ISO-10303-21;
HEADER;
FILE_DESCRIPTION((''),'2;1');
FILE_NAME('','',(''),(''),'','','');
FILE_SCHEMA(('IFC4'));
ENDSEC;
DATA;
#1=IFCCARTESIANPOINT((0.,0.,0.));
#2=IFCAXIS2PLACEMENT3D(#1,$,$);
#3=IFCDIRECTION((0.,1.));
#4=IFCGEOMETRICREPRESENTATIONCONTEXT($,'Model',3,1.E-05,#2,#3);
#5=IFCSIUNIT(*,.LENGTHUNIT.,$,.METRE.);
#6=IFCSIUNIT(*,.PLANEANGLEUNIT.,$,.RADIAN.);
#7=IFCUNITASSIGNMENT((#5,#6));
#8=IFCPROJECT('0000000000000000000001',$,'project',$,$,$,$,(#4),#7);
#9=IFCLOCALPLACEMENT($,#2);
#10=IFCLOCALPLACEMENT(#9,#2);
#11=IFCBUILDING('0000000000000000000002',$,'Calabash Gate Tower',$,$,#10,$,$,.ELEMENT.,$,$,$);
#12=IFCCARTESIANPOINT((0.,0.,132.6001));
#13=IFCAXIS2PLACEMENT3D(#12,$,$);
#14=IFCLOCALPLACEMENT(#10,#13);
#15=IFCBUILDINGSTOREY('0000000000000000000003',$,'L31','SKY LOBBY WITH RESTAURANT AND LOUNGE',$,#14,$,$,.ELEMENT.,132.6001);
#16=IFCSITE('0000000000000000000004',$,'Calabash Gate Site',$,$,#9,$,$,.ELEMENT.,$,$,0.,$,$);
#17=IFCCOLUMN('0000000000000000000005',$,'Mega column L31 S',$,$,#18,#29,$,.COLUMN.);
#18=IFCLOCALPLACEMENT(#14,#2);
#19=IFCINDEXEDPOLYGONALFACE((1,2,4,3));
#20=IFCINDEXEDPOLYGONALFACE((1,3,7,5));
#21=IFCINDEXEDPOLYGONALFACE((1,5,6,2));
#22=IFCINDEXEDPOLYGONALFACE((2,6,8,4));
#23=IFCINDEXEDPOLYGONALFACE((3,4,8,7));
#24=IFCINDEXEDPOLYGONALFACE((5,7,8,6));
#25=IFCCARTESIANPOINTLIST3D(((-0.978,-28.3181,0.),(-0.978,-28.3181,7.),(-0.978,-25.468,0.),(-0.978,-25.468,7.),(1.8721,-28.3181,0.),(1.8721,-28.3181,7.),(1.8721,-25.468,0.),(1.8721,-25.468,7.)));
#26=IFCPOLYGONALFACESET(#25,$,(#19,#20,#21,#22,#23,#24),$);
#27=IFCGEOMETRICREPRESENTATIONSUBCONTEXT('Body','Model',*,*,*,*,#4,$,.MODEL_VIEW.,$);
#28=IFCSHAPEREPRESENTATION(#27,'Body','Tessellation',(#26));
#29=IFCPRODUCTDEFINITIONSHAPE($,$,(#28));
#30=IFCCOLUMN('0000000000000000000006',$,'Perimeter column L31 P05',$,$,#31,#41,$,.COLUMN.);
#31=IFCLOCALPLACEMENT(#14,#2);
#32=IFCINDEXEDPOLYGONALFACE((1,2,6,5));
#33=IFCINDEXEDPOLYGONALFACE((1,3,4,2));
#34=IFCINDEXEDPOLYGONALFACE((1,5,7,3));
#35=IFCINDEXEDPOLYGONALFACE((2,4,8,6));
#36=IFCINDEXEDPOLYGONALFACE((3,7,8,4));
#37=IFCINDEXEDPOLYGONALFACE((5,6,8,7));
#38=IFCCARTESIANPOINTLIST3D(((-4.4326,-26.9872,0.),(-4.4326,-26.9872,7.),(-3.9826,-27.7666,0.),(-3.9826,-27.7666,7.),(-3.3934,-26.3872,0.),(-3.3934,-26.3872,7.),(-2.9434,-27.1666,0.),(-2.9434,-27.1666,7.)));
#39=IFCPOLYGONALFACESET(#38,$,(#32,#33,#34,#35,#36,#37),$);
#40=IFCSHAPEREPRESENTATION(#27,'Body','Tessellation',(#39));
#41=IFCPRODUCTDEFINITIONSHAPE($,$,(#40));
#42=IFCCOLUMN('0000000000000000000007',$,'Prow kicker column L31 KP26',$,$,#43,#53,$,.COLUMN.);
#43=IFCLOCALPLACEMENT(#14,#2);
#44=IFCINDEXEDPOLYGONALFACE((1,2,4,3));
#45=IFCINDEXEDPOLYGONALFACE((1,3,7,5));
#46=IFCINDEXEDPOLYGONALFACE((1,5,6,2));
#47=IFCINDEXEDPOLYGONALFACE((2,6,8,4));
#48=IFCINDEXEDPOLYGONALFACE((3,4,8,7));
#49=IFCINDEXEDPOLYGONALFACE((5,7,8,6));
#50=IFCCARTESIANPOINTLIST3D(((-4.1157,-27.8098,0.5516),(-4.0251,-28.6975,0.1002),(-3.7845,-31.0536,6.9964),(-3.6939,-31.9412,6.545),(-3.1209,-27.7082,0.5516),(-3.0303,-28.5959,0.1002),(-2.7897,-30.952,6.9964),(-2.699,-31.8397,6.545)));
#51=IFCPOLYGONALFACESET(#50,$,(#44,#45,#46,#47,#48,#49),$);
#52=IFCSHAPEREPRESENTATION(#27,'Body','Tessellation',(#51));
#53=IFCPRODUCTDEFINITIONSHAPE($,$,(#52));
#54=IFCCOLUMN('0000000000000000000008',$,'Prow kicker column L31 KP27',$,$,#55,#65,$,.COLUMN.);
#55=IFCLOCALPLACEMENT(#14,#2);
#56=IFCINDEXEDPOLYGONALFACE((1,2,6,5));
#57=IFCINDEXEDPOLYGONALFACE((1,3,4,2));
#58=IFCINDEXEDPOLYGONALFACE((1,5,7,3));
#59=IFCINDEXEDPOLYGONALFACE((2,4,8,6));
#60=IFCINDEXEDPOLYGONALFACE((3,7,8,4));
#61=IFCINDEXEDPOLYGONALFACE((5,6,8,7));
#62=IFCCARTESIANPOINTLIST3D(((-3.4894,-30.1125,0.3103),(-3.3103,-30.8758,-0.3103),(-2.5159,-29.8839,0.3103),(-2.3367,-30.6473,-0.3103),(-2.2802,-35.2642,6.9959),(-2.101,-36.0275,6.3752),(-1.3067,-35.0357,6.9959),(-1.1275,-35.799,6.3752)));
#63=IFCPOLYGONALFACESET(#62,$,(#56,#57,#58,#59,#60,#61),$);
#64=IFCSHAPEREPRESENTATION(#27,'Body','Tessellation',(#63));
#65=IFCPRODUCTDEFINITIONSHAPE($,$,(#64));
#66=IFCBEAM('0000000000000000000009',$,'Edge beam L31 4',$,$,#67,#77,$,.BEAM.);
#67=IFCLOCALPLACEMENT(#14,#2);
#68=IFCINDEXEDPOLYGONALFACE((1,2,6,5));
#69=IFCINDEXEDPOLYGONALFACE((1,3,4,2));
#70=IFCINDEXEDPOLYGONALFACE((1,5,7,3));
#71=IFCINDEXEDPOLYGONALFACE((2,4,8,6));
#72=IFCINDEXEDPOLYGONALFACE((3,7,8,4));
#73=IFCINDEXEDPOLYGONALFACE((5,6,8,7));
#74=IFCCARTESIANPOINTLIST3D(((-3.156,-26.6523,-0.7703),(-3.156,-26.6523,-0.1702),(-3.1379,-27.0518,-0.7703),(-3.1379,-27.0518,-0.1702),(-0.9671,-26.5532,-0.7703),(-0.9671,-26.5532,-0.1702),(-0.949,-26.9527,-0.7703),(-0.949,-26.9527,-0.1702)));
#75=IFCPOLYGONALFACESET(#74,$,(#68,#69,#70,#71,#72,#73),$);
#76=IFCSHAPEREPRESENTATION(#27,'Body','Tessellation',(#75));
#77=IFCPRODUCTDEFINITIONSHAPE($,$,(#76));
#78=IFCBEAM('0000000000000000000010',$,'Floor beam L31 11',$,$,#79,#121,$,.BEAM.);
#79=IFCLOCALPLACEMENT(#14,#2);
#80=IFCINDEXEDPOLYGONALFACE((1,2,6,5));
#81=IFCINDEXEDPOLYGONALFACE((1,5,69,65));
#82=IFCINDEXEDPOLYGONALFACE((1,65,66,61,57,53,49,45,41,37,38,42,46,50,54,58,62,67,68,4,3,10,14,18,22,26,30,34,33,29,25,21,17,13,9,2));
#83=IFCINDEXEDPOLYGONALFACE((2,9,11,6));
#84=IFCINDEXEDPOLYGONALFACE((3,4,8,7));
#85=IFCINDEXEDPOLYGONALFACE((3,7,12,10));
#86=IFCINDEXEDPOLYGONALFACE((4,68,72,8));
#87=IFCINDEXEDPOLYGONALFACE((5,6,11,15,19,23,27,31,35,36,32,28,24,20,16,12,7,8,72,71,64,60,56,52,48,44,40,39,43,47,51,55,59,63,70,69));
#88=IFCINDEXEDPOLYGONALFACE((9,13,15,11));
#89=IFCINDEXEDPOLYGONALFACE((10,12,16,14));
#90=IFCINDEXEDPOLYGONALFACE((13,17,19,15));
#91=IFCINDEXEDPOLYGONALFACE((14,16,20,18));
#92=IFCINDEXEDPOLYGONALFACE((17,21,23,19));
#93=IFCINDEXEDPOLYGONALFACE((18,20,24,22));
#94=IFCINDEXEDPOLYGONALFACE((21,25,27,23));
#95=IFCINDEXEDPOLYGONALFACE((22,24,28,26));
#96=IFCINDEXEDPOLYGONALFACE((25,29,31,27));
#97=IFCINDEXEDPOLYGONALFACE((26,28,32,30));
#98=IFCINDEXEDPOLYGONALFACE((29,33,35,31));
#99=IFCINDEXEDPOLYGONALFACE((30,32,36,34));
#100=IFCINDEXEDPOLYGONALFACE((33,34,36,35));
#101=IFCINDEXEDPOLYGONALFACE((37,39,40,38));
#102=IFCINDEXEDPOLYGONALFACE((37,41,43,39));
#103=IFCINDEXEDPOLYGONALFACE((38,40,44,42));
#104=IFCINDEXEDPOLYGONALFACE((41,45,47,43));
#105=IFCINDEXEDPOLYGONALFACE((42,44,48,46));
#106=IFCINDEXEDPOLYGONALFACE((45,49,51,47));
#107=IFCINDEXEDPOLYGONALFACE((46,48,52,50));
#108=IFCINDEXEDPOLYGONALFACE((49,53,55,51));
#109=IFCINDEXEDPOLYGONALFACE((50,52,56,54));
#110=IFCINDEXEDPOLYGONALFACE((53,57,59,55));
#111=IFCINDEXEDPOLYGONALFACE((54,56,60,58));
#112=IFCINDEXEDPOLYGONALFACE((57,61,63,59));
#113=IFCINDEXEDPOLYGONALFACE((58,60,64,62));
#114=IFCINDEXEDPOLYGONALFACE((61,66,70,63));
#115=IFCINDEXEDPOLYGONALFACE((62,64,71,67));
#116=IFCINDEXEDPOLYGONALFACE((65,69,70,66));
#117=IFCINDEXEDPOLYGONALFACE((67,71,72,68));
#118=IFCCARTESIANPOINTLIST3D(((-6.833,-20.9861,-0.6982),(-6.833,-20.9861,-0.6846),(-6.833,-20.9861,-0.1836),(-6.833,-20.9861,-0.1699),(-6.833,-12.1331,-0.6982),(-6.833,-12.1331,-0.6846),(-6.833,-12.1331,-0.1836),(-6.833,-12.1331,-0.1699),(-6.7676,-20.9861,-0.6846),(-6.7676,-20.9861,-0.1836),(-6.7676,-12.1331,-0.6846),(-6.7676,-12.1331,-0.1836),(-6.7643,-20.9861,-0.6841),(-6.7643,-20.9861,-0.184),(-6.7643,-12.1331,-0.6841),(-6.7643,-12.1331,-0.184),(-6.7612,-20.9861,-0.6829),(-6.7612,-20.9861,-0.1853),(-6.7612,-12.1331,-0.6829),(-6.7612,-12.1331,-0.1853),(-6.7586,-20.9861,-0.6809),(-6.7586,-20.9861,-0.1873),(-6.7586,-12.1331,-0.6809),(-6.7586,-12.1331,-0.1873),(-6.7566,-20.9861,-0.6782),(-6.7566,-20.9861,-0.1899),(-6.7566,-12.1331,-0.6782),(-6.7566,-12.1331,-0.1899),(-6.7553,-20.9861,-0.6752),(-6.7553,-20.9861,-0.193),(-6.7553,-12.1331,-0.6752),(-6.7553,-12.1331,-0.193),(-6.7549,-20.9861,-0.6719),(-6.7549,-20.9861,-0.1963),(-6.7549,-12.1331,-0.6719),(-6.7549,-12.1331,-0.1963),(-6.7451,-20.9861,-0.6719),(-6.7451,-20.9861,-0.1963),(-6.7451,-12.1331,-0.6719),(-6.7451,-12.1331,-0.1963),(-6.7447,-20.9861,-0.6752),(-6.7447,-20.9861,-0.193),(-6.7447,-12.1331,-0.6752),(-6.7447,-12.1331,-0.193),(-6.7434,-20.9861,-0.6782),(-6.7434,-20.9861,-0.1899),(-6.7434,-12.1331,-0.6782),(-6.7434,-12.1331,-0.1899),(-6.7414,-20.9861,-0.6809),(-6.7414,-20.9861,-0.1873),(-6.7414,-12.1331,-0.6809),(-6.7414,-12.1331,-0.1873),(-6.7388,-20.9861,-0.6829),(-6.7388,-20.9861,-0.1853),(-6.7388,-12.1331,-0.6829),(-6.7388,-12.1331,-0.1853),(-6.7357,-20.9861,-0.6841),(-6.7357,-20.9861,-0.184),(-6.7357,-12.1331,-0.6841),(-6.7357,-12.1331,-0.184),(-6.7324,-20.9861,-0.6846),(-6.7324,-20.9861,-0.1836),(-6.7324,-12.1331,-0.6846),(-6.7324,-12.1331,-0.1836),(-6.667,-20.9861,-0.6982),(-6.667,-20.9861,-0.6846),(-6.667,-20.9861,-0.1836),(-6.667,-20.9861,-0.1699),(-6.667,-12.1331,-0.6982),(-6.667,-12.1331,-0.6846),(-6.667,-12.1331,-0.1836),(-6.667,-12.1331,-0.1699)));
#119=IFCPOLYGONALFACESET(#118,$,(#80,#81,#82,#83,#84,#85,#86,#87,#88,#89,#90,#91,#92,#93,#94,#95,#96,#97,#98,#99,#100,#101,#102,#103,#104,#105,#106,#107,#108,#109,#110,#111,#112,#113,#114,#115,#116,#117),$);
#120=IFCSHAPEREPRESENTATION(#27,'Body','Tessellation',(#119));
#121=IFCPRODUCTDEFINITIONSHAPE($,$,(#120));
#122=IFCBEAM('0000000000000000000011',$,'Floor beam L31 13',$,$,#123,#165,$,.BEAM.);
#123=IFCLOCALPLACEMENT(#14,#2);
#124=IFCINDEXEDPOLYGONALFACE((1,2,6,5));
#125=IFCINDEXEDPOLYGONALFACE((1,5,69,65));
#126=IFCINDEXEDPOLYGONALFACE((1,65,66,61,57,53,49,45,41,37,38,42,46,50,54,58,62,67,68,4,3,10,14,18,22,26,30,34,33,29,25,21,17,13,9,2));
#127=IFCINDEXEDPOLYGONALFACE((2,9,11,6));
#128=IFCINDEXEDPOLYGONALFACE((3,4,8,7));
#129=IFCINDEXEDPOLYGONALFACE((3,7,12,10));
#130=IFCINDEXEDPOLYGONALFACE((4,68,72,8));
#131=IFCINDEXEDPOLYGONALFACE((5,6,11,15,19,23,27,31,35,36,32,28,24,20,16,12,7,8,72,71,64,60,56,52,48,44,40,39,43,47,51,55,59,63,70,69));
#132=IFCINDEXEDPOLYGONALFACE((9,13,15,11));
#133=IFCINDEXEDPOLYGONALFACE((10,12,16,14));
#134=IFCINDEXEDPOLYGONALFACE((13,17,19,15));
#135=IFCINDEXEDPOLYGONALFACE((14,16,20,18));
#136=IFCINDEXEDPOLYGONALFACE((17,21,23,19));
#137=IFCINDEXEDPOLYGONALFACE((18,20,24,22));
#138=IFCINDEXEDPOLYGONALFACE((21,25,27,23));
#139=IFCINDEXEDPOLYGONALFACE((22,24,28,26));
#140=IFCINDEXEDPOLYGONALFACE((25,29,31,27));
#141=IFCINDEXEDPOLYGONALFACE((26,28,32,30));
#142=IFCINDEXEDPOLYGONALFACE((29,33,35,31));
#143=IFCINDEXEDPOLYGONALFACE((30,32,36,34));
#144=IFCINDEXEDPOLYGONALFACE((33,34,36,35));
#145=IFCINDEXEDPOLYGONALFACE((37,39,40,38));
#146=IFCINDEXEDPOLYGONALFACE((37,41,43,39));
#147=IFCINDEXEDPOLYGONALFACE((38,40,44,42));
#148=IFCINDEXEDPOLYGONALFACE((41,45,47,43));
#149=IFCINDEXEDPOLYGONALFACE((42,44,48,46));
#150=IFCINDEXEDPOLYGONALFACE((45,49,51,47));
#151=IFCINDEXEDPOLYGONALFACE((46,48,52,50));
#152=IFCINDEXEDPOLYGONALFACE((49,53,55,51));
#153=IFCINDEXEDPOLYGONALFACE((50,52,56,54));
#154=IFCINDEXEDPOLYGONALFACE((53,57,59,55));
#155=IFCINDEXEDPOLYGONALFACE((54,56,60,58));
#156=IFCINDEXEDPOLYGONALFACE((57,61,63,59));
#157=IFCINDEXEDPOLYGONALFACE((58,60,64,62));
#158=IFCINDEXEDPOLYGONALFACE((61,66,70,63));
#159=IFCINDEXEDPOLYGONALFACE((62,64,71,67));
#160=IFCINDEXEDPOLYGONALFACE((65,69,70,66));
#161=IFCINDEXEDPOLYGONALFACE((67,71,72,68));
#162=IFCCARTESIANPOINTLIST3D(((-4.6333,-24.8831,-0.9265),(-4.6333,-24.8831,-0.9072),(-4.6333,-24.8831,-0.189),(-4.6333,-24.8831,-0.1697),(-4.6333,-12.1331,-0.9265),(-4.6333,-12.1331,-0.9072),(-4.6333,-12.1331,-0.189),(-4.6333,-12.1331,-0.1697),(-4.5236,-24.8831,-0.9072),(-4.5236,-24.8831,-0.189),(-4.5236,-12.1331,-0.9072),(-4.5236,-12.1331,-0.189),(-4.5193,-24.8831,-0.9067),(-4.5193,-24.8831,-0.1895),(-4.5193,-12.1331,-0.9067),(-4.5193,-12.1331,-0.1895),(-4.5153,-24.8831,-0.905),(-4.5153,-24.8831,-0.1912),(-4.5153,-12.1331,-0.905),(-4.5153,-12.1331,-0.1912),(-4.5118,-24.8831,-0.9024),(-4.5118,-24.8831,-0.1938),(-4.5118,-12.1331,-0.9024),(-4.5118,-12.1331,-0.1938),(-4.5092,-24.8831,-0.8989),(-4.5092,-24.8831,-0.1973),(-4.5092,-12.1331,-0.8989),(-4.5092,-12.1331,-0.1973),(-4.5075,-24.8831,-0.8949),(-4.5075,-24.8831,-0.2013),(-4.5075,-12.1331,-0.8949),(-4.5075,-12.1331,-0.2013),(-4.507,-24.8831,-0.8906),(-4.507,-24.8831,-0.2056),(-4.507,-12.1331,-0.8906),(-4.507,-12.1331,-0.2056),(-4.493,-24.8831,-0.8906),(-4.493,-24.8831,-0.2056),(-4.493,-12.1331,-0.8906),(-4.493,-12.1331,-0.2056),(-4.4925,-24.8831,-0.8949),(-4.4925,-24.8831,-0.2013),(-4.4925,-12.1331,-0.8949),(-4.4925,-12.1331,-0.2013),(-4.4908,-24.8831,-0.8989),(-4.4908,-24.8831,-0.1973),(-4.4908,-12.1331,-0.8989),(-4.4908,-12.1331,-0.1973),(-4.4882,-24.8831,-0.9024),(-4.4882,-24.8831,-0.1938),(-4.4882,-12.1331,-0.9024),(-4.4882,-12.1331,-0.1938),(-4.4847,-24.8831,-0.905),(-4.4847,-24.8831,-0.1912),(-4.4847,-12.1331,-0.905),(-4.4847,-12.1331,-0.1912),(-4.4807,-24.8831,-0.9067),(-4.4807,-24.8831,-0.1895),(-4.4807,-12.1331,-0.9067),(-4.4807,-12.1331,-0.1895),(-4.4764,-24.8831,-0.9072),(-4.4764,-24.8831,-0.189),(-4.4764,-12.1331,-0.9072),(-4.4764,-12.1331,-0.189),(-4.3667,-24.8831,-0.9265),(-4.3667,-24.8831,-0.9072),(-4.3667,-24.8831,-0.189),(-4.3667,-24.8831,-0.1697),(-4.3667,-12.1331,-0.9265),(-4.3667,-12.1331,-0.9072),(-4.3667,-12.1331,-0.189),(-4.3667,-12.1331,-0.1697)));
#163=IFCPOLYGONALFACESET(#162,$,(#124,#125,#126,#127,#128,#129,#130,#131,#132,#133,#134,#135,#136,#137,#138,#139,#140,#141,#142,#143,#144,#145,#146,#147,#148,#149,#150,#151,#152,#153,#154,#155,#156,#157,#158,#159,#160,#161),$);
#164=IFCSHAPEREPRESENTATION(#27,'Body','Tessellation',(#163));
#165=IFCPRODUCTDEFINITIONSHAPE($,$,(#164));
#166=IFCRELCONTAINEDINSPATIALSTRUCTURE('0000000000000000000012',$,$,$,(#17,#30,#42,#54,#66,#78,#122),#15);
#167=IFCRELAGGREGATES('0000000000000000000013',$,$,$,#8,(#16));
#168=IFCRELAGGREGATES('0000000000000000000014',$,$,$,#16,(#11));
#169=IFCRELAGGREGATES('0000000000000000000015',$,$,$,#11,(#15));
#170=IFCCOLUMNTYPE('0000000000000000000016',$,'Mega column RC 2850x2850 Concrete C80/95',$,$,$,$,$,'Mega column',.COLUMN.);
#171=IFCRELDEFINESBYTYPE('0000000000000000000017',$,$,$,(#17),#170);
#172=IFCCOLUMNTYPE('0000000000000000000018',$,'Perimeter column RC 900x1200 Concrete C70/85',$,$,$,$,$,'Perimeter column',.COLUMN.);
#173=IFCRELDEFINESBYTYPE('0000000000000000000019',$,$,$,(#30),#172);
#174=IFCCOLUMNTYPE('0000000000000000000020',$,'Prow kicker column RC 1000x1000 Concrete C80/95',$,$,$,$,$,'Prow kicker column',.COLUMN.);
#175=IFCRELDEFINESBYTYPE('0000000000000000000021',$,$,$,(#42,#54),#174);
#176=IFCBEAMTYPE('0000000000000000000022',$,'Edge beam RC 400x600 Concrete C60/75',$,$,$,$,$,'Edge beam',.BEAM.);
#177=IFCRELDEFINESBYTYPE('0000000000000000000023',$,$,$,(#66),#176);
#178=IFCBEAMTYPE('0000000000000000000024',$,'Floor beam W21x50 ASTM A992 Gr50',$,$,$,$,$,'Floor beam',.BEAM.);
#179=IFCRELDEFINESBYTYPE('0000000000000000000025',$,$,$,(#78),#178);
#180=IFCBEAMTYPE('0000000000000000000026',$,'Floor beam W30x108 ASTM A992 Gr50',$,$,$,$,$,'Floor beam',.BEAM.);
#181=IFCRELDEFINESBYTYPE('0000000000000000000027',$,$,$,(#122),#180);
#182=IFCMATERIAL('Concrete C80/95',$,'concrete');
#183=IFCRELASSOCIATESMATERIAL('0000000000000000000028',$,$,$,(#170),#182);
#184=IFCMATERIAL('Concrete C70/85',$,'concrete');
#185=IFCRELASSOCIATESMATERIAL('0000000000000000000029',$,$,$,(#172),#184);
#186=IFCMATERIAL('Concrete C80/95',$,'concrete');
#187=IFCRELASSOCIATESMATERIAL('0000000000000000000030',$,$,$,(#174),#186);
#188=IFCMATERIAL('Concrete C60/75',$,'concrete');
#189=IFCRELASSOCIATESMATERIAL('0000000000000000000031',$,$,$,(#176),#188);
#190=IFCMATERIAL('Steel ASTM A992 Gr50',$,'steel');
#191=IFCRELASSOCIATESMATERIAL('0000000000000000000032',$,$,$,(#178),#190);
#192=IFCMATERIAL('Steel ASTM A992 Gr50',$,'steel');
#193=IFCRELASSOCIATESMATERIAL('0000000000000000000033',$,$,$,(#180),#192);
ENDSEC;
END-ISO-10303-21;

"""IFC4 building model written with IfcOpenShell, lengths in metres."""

from ifc_helpers import new_model, si_unit, direction, frame, origin, origin_2d, place, context, subcontext, project, spatial, rectangle, i_section, extrude, clip, halfspace, material, material_profile, profile_set, type_object, element, save


model = new_model("IFC4")

# Units and contexts
model_context = context("Model", 3, precision=1e-05, world=origin(), true_north=direction((0.0, 1.0)))
body_context = subcontext(model_context, "Body", "Model", "MODEL_VIEW")
ifc_project = project(units=[si_unit("LENGTHUNIT", "METRE"), si_unit("PLANEANGLEUNIT", "RADIAN")], contexts=[model_context])

# Site, building, storey
site_placement = place(None, origin())
site = spatial("IfcSite", under=ifc_project, at=site_placement, Name="Calabash Gate Site", CompositionType="ELEMENT", RefElevation=0.0)
building_placement = place(site_placement, origin())
building = spatial("IfcBuilding", under=site, at=building_placement, Name="Calabash Gate Tower", CompositionType="ELEMENT")
storey_placement = place(building_placement, frame((0.0, 0.0, 132.6001)))
storey = spatial("IfcBuildingStorey", under=building, at=storey_placement, Name="L31", Description="SKY LOBBY WITH RESTAURANT AND LOUNGE", CompositionType="ELEMENT", Elevation=132.6001)

# Columns
ifc_material_1 = material(Name="Concrete C80/95", Category="concrete")
ifc_material_profile_1 = material_profile(ifc_material_1, rectangle(XDim=2.8501, YDim=2.8501, at=origin_2d()))
ifc_profile_set_1 = profile_set([ifc_material_profile_1], Name="Concrete C80/95")
column_type_1 = type_object("IfcColumnType", Name="Mega column RC 2850x2850 Concrete C80/95", ElementType="Mega column", PredefinedType="COLUMN", material=ifc_profile_set_1)
column_1_placement = place(storey_placement, frame((0.447, -26.8931, 0.0), z_axis=(0.0, 0.0, 1.0), x_axis=(0.0, 1.0, 0.0)))
element("IfcColumn", 1, at=column_1_placement, inside=storey, type_object=column_type_1, Name="Mega column L31 S", PredefinedType="COLUMN", context=body_context, shape_type="SweptSolid", body=[
    extrude(rectangle(XDim=2.8501, YDim=2.8501, at=origin_2d()), origin(), (0.0, 0.0, 1.0), 7.0),
])
ifc_material_2 = material(Name="Concrete C70/85", Category="concrete")
ifc_material_profile_2 = material_profile(ifc_material_2, rectangle(XDim=0.8999, YDim=1.2, at=origin_2d()))
ifc_profile_set_2 = profile_set([ifc_material_profile_2], Name="Concrete C70/85")
column_type_2 = type_object("IfcColumnType", Name="Perimeter column RC 900x1200 Concrete C70/85", ElementType="Perimeter column", PredefinedType="COLUMN", material=ifc_profile_set_2)
column_2_placement = place(storey_placement, frame((-3.688, -27.0769, 0.0), z_axis=(0.0, 0.0, 1.0), x_axis=(0.5, -0.866025, 0.0)))
element("IfcColumn", 2, at=column_2_placement, inside=storey, type_object=column_type_2, Name="Perimeter column L31 P05", PredefinedType="COLUMN", context=body_context, shape_type="SweptSolid", body=[
    extrude(rectangle(XDim=0.8999, YDim=1.2, at=origin_2d()), origin(), (0.0, 0.0, 1.0), 7.0),
])
ifc_material_3 = material(Name="Concrete C80/95", Category="concrete")
ifc_material_profile_3 = material_profile(ifc_material_3, rectangle(XDim=1.0, YDim=1.0, at=origin_2d()))
ifc_profile_set_3 = profile_set([ifc_material_profile_3], Name="Concrete C80/95")
column_type_3 = type_object("IfcColumnType", Name="Prow kicker column RC 1000x1000 Concrete C80/95", ElementType="Prow kicker column", PredefinedType="COLUMN", material=ifc_profile_set_3)
column_3_placement = place(storey_placement, frame((-3.573, -28.2029, 0.3259), z_axis=(0.04586, -0.449105, 0.892301), x_axis=(-0.090646, 0.887685, 0.45144)))
element("IfcColumn", 3, at=column_3_placement, inside=storey, type_object=column_type_3, Name="Prow kicker column L31 KP26", PredefinedType="COLUMN", context=body_context, shape_type="Clipping", body=[
    clip(extrude(rectangle(XDim=1.0, YDim=1.0, at=origin_2d()), origin(), (0.0, 0.0, 1.0), 7.4797), halfspace(frame((0.0, 0.0, 7.2227), z_axis=(0.0, 0.0, 1.0), x_axis=(1.0, 0.0, 0.0)), False)),
])
column_4_placement = place(storey_placement, frame((-2.9131, -30.3799, 0.0), z_axis=(0.141823, -0.604211, 0.784102), x_axis=(-0.179178, 0.763355, 0.620633)))
element("IfcColumn", 4, at=column_4_placement, inside=storey, type_object=column_type_3, Name="Prow kicker column L31 KP27", PredefinedType="COLUMN", context=body_context, shape_type="Clipping", body=[
    clip(extrude(rectangle(XDim=1.0, YDim=1.0, at=origin_2d()), origin(), (0.0, 0.0, 1.0), 8.9275), halfspace(frame((0.0, 0.0, 8.5264), z_axis=(0.0, 0.0, 1.0), x_axis=(1.0, 0.0, 0.0)), False)),
])

# Beams
ifc_material_4 = material(Name="Concrete C60/75", Category="concrete")
ifc_material_profile_4 = material_profile(ifc_material_4, rectangle(XDim=0.3999, YDim=0.6001, at=origin_2d()))
ifc_profile_set_4 = profile_set([ifc_material_profile_4], Name="Concrete C60/75")
beam_type_1 = type_object("IfcBeamType", Name="Edge beam RC 400x600 Concrete C60/75", ElementType="Edge beam", PredefinedType="BEAM", material=ifc_profile_set_4)
beam_1_placement = place(storey_placement, frame((-3.147, -26.8521, -0.4702), z_axis=(0.998976, 0.045236, 0.0), x_axis=(-0.045236, 0.998976, 0.0)))
element("IfcBeam", 5, at=beam_1_placement, inside=storey, type_object=beam_type_1, Name="Edge beam L31 4", PredefinedType="BEAM", context=body_context, shape_type="SweptSolid", body=[
    extrude(rectangle(XDim=0.3999, YDim=0.6001, at=origin_2d()), origin(), (0.0, 0.0, 1.0), 2.1912),
])
ifc_material_5 = material(Name="Steel ASTM A992 Gr50", Category="steel")
ifc_material_profile_5 = material_profile(ifc_material_5, i_section(OverallWidth=0.166, OverallDepth=0.5283, WebThickness=0.0098, FlangeThickness=0.0137, FilletRadius=0.0127, at=origin_2d()))
ifc_profile_set_5 = profile_set([ifc_material_profile_5], Name="Steel ASTM A992 Gr50")
beam_type_2 = type_object("IfcBeamType", Name="Floor beam W21x50 ASTM A992 Gr50", ElementType="Floor beam", PredefinedType="BEAM", material=ifc_profile_set_5)
beam_2_placement = place(storey_placement, frame((-6.75, -20.9861, -0.4341), z_axis=(0.0, 1.0, 0.0), x_axis=(-1.0, 0.0, 0.0)))
element("IfcBeam", 6, at=beam_2_placement, inside=storey, type_object=beam_type_2, Name="Floor beam L31 11", PredefinedType="BEAM", context=body_context, shape_type="SweptSolid", body=[
    extrude(i_section(OverallWidth=0.166, OverallDepth=0.5283, WebThickness=0.0098, FlangeThickness=0.0137, FilletRadius=0.0127, at=origin_2d()), origin(), (0.0, 0.0, 1.0), 8.853),
])
ifc_material_6 = material(Name="Steel ASTM A992 Gr50", Category="steel")
ifc_material_profile_6 = material_profile(ifc_material_6, i_section(OverallWidth=0.2666, OverallDepth=0.7568, WebThickness=0.0139, FlangeThickness=0.0193, FilletRadius=0.0166, at=origin_2d()))
ifc_profile_set_6 = profile_set([ifc_material_profile_6], Name="Steel ASTM A992 Gr50")
beam_type_3 = type_object("IfcBeamType", Name="Floor beam W30x108 ASTM A992 Gr50", ElementType="Floor beam", PredefinedType="BEAM", material=ifc_profile_set_6)
beam_3_placement = place(storey_placement, frame((-4.5, -24.8831, -0.5481), z_axis=(0.0, 1.0, 0.0), x_axis=(-1.0, 0.0, 0.0)))
element("IfcBeam", 7, at=beam_3_placement, inside=storey, type_object=beam_type_3, Name="Floor beam L31 13", PredefinedType="BEAM", context=body_context, shape_type="SweptSolid", body=[
    extrude(i_section(OverallWidth=0.2666, OverallDepth=0.7568, WebThickness=0.0139, FlangeThickness=0.0193, FilletRadius=0.0166, at=origin_2d()), origin(), (0.0, 0.0, 1.0), 12.75),
])

save(model, "model.ifc")
